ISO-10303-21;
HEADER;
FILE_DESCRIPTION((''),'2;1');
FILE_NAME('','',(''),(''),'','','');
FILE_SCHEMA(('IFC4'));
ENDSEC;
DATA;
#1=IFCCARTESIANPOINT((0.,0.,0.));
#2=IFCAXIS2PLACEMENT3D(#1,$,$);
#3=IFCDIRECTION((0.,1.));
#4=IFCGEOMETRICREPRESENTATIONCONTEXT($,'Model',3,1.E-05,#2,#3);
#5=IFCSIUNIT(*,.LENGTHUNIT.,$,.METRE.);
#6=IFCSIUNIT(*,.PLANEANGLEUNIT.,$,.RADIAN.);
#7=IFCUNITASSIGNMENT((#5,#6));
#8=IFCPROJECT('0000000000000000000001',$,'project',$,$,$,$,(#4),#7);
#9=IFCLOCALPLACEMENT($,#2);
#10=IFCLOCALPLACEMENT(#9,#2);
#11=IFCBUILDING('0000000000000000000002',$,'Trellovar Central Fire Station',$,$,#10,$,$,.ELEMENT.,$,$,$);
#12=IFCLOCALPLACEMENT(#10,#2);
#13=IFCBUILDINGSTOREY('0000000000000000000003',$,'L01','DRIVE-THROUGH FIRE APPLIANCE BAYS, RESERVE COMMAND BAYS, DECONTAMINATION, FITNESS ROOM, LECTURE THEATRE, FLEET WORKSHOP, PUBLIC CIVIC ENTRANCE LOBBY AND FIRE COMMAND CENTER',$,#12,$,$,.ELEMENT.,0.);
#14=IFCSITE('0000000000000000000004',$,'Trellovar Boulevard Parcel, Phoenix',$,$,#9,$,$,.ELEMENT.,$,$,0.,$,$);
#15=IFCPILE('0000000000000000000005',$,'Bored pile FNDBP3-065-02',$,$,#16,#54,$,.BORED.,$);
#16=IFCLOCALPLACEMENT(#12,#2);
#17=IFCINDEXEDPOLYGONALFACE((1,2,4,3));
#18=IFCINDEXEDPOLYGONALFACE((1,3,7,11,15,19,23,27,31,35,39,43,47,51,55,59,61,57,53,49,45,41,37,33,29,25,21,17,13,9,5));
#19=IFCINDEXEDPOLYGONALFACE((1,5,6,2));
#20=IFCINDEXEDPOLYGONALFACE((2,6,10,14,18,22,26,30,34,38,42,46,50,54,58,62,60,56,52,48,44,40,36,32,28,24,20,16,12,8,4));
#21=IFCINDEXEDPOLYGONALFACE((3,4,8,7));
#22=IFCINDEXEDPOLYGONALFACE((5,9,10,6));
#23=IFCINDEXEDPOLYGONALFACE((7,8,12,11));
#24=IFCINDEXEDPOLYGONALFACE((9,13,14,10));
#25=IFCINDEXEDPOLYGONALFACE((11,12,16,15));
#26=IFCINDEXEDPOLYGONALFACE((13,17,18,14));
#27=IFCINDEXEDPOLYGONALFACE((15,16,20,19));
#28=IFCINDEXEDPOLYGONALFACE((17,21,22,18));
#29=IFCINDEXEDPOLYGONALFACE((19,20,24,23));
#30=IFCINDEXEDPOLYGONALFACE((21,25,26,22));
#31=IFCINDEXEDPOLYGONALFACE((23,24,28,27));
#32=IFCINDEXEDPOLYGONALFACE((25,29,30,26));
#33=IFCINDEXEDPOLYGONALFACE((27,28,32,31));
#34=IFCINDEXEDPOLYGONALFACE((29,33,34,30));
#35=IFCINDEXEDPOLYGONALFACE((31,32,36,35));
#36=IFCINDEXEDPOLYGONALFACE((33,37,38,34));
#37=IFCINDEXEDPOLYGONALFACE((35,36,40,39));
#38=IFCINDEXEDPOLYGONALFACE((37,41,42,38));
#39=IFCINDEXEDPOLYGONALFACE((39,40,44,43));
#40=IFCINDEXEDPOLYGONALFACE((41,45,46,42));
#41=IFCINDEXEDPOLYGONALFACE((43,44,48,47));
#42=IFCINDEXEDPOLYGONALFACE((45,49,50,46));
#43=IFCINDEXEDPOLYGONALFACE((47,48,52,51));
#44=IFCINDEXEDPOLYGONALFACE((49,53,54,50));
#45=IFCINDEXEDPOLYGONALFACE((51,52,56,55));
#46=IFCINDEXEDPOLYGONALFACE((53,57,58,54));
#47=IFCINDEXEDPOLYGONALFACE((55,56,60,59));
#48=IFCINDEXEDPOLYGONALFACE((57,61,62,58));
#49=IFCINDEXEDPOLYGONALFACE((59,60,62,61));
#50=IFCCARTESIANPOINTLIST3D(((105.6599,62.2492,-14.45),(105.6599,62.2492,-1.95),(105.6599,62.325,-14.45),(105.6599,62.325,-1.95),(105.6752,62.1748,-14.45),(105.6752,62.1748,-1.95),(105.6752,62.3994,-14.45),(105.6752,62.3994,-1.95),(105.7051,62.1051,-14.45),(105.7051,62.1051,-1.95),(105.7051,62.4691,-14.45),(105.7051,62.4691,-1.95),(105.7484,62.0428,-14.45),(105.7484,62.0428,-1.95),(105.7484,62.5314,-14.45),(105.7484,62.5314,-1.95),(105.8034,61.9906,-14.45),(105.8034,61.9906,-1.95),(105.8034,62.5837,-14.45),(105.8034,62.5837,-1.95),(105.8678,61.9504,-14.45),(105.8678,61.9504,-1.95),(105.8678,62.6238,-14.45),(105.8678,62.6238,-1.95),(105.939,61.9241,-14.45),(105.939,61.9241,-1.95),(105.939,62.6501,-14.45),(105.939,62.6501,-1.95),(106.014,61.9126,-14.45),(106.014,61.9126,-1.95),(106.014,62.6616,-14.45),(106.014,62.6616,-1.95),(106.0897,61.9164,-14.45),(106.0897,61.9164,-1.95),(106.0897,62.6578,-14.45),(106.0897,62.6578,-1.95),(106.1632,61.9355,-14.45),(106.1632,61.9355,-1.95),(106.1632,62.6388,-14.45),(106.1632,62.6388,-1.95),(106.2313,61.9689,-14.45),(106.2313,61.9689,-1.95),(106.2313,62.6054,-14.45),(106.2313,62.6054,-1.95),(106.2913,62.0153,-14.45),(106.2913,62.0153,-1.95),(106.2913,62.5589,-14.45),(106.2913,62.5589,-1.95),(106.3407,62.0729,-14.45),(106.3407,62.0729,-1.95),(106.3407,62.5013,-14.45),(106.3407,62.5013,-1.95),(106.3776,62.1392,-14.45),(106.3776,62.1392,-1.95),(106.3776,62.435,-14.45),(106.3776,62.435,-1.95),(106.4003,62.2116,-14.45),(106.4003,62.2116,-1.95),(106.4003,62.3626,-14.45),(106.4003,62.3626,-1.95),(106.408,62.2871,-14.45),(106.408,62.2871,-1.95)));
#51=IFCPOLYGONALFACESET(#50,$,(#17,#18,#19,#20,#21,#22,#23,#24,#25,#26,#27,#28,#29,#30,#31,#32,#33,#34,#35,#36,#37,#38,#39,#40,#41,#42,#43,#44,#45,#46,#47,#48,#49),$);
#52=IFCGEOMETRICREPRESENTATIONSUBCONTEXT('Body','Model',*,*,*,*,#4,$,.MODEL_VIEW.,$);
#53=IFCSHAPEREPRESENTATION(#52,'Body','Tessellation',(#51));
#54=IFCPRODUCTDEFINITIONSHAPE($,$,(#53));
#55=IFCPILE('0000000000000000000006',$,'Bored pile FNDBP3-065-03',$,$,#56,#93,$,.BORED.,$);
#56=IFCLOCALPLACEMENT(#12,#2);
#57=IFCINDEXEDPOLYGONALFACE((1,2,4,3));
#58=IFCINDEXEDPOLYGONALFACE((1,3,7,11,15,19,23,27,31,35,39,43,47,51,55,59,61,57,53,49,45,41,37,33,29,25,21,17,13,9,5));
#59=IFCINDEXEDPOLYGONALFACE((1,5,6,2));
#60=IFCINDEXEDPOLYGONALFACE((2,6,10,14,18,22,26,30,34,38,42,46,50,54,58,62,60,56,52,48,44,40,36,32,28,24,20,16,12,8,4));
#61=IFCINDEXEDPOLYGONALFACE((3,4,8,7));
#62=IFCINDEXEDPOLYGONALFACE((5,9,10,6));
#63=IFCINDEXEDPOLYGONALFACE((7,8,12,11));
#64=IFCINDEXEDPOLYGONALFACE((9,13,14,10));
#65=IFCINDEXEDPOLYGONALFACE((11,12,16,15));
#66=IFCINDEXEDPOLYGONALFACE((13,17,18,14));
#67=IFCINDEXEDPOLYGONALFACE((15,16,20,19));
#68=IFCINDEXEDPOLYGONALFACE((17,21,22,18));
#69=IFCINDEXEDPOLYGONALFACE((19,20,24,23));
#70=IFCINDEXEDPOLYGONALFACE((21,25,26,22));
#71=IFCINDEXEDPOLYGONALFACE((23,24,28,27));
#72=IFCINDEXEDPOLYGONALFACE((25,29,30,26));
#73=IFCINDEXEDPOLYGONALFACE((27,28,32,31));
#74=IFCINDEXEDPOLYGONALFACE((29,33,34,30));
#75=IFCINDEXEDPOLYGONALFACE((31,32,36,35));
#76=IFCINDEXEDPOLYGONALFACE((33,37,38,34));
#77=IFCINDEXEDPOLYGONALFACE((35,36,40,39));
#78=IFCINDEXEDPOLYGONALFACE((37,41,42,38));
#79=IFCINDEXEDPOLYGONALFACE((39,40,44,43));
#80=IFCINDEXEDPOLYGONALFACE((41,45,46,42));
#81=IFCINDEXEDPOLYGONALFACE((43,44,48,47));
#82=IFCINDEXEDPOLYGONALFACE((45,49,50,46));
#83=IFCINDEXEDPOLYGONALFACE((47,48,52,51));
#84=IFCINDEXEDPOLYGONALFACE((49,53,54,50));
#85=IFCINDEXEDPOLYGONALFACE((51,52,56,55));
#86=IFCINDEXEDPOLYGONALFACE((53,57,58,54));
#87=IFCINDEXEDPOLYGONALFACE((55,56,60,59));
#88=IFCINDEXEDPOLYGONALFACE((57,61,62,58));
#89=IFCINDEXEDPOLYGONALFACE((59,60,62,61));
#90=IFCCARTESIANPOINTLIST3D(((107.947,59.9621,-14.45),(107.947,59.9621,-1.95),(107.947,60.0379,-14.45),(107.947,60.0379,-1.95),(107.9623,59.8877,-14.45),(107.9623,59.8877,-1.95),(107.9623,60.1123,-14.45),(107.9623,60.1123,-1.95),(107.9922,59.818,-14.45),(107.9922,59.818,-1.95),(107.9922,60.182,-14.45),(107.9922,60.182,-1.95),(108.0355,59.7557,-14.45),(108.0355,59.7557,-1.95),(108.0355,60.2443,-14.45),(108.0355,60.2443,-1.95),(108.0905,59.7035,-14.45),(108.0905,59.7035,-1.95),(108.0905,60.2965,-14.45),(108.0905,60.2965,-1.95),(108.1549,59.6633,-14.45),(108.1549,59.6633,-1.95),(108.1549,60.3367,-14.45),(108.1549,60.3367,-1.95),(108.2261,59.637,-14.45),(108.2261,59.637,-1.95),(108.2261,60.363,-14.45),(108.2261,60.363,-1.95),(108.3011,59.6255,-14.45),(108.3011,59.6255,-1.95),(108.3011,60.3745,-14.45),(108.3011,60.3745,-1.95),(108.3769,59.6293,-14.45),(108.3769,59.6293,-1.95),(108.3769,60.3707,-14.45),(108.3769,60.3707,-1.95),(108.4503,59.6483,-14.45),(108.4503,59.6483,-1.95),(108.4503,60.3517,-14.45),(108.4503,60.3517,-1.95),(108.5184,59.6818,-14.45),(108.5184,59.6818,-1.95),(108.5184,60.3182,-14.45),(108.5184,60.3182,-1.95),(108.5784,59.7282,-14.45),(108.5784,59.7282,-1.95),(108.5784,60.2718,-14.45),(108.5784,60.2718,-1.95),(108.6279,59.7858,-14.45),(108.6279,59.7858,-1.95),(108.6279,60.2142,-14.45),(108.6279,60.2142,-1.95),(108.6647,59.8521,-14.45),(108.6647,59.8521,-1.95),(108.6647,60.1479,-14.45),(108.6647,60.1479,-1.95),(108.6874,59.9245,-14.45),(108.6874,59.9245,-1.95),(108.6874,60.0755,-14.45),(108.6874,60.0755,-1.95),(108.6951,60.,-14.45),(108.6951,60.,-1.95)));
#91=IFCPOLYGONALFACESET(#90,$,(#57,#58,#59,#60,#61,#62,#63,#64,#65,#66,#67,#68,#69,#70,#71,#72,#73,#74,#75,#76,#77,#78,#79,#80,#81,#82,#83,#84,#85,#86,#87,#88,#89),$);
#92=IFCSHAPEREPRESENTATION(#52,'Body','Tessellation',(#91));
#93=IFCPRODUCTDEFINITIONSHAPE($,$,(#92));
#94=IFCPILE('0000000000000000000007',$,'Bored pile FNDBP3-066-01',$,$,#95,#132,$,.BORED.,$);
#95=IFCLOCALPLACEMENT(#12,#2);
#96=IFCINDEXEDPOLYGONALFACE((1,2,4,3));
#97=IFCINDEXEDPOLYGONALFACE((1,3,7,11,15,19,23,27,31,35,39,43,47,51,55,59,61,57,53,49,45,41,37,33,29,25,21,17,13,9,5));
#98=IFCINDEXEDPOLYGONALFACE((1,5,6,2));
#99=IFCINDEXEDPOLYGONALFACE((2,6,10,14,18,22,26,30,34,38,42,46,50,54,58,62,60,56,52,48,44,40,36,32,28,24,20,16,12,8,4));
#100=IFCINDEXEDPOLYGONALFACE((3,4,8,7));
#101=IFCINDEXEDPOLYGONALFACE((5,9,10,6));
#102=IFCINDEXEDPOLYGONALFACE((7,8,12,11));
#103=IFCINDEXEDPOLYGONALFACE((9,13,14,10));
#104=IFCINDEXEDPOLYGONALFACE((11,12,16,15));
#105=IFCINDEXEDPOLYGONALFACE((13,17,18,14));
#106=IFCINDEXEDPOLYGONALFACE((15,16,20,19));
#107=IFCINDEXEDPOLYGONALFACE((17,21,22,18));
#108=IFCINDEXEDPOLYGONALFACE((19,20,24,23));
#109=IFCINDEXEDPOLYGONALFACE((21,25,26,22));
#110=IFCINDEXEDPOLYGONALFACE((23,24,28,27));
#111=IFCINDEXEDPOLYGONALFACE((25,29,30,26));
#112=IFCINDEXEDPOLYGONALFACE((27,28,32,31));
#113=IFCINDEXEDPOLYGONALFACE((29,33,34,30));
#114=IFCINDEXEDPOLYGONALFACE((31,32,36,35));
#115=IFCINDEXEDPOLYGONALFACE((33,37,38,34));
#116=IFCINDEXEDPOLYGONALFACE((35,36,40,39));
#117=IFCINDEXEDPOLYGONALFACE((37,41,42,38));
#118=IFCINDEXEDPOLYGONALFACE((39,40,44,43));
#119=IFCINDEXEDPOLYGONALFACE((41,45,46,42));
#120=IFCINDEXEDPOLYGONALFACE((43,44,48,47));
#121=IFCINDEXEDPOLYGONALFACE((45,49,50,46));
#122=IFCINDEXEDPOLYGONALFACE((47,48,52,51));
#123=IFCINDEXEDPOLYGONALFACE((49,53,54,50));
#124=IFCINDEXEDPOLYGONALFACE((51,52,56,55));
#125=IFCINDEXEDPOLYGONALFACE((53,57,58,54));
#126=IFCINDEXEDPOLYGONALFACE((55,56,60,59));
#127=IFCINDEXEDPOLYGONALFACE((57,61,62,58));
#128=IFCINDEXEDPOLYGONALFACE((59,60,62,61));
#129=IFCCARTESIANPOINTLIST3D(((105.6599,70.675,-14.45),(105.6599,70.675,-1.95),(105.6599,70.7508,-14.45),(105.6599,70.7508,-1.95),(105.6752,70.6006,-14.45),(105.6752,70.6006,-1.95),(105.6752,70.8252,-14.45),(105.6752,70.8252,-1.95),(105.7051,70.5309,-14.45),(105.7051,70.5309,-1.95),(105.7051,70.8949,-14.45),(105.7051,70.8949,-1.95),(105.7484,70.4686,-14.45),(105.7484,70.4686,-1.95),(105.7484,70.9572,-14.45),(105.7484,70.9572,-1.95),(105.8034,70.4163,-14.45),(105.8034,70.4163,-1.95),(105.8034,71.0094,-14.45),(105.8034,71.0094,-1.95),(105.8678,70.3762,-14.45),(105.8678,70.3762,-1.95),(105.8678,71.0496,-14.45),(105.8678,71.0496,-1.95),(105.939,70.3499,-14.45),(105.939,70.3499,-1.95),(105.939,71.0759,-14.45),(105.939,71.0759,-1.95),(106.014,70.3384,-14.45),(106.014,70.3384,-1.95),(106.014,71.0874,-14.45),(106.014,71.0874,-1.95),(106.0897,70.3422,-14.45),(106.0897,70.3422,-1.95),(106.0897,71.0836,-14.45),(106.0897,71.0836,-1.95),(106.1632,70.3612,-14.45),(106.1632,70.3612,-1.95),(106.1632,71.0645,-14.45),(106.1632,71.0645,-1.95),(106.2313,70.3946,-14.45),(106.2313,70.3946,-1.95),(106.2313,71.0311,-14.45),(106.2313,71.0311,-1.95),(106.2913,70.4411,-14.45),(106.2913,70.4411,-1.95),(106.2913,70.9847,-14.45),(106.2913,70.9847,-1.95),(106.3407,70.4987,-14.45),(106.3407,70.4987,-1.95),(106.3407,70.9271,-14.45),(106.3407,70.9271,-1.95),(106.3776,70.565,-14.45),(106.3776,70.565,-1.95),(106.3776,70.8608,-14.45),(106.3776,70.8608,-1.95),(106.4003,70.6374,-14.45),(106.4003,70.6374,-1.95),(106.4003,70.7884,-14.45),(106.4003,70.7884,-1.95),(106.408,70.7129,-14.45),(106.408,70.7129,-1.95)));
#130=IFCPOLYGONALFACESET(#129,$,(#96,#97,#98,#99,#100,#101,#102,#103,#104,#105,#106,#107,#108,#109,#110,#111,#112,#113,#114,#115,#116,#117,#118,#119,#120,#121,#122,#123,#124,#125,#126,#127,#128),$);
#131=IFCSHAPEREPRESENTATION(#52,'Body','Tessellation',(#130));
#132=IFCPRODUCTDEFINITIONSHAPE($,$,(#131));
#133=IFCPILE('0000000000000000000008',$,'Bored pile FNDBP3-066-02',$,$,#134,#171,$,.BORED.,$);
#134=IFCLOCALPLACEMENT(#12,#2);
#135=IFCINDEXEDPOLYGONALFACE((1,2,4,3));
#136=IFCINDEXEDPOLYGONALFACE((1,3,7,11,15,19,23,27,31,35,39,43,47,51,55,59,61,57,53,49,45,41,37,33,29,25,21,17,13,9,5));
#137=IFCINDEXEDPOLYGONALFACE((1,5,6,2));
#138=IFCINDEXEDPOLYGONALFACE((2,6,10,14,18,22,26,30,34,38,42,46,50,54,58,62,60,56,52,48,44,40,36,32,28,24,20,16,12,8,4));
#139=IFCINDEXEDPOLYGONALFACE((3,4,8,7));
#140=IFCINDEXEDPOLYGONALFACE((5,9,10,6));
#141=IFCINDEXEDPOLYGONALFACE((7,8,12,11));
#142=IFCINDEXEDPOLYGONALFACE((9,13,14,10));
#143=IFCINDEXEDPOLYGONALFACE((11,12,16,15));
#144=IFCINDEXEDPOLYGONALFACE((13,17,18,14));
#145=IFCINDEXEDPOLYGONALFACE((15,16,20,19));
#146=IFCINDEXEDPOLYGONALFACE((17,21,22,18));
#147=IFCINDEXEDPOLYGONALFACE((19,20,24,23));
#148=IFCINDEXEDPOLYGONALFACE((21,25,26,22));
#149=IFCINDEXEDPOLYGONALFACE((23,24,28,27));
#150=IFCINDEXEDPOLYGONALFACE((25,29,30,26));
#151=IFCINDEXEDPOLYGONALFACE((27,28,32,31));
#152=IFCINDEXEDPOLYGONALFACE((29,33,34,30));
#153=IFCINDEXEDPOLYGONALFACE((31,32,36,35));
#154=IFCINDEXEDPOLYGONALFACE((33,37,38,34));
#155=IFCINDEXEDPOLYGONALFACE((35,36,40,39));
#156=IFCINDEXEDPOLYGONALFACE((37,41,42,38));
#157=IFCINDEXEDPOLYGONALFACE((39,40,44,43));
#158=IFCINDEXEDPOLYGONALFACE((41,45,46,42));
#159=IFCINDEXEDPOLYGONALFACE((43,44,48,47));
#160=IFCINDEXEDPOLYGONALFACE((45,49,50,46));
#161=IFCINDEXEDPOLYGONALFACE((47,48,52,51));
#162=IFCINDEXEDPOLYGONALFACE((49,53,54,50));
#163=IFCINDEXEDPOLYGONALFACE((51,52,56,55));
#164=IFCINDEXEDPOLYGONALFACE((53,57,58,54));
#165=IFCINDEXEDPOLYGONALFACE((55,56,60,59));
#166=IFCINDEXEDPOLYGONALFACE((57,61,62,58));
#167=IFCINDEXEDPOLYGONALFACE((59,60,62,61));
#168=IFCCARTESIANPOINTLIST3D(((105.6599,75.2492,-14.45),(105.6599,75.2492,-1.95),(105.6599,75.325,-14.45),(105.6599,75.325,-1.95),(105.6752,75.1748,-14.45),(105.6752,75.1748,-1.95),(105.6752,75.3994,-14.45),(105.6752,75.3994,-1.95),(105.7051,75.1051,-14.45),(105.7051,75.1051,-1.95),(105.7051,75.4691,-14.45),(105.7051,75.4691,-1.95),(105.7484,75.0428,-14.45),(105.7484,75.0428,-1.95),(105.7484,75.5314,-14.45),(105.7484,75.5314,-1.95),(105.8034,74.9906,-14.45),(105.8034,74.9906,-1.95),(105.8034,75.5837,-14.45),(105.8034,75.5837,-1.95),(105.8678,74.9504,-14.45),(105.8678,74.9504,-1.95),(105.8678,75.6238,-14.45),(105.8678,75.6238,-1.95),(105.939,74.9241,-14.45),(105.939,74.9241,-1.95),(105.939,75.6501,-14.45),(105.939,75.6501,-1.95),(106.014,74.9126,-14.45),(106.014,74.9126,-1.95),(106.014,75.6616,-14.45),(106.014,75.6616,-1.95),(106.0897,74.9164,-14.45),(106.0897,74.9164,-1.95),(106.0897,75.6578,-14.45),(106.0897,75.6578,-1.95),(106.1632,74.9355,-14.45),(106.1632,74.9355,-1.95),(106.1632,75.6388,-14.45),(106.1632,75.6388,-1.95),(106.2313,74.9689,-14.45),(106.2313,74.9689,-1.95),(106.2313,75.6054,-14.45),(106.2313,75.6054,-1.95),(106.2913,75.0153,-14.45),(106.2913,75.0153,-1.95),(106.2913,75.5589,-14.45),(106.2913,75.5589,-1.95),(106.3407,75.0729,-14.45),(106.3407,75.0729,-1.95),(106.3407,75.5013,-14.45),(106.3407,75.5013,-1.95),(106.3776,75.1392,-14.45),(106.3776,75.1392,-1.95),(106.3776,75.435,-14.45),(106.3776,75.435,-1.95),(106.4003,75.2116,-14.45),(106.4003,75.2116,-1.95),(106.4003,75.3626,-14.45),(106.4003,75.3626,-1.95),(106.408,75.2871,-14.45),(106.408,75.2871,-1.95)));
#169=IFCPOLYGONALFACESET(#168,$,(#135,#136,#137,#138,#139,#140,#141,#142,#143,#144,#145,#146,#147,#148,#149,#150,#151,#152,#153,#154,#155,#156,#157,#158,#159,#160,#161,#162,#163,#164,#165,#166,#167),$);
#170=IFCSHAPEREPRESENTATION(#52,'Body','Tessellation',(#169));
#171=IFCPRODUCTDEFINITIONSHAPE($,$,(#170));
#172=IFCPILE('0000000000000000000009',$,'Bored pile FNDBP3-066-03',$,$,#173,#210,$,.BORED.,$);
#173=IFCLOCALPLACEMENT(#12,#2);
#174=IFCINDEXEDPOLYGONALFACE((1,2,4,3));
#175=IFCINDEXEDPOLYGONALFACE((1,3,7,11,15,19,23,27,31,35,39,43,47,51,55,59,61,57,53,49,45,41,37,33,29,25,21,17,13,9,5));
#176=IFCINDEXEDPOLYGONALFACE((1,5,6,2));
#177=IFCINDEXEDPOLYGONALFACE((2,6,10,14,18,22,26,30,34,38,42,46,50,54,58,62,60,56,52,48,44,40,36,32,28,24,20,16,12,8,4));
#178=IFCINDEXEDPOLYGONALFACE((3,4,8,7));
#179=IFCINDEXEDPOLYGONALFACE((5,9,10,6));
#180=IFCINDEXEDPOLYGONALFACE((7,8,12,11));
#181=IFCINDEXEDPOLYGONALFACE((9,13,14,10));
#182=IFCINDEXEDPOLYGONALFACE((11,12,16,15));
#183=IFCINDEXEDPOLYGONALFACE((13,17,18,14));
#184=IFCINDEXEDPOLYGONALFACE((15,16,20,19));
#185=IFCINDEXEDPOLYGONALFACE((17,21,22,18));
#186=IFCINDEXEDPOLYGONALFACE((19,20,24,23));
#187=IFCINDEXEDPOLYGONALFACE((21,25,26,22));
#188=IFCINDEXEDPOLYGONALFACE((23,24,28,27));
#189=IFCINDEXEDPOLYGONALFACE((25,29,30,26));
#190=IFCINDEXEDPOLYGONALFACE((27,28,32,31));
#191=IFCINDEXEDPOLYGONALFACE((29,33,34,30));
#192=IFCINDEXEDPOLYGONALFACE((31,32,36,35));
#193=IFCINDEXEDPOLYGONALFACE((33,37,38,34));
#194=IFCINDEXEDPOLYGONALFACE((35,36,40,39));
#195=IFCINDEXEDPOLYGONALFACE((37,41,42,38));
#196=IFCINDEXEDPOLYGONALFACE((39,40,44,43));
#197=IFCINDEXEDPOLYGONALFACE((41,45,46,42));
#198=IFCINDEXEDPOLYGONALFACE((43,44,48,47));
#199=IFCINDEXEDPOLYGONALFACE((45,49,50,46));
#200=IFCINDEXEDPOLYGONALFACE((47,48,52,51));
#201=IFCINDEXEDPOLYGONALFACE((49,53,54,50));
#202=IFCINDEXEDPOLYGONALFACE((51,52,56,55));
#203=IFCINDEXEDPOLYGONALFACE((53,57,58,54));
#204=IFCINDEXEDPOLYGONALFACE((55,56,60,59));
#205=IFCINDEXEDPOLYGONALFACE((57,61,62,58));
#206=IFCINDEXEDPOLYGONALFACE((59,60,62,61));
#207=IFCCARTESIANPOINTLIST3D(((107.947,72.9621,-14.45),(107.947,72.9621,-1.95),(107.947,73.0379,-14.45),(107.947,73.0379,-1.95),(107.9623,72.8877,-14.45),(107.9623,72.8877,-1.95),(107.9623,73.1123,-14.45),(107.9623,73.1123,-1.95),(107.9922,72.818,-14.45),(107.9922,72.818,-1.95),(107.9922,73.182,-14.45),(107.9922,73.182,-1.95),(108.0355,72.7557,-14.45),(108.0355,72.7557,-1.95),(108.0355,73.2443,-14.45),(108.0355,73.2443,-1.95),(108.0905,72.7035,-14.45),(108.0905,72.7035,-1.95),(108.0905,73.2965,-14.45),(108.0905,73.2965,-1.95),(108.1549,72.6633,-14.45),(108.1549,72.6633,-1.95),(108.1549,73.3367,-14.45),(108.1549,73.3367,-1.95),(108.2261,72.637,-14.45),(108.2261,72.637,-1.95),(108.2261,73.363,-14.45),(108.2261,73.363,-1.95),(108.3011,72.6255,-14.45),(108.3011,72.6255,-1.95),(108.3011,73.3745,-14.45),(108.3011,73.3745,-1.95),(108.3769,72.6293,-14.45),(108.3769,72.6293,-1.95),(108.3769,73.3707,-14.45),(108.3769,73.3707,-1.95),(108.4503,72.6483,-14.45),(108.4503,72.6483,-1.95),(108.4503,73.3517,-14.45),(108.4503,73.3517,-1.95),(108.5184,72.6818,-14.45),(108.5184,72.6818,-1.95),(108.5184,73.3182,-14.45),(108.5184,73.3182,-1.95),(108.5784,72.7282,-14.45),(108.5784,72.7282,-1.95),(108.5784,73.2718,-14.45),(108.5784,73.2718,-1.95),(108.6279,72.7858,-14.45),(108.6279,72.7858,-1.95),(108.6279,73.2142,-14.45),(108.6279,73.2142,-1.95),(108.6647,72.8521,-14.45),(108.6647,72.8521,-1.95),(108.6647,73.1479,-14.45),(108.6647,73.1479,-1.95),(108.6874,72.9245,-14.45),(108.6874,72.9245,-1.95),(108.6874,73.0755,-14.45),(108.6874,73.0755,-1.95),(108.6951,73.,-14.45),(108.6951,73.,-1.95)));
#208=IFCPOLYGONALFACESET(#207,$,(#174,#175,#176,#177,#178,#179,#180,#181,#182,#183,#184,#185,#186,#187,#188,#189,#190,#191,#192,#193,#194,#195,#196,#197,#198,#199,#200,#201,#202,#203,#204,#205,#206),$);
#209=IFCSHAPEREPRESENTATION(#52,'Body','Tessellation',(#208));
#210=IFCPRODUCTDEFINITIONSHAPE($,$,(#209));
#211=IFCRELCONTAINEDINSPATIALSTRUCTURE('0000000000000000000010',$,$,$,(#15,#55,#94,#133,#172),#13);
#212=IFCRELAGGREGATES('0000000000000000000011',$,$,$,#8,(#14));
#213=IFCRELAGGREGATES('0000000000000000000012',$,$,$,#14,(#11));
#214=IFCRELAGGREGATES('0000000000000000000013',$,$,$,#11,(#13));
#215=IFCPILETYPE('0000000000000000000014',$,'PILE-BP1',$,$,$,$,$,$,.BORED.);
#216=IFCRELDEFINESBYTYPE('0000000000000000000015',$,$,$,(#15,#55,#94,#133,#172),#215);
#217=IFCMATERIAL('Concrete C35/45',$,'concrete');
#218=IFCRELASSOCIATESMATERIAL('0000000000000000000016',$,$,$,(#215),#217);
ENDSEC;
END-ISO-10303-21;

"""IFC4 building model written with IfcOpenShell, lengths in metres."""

from ifc_helpers import new_model, si_unit, direction, frame, origin, origin_2d, place, context, subcontext, project, spatial, circle, extrude, material, material_profile, profile_set, type_object, element, save


model = new_model("IFC4")

# Units and contexts
model_context = context("Model", 3, precision=1e-05, world=origin(), true_north=direction((0.0, 1.0)))
body_context = subcontext(model_context, "Body", "Model", "MODEL_VIEW")
ifc_project = project(units=[si_unit("LENGTHUNIT", "METRE"), si_unit("PLANEANGLEUNIT", "RADIAN")], contexts=[model_context])

# Site, building, storey
site_placement = place(None, origin())
site = spatial("IfcSite", under=ifc_project, at=site_placement, Name="Trellovar Boulevard Parcel, Phoenix", CompositionType="ELEMENT", RefElevation=0.0)
building_placement = place(site_placement, origin())
building = spatial("IfcBuilding", under=site, at=building_placement, Name="Trellovar Central Fire Station", CompositionType="ELEMENT")
storey_placement = place(building_placement, origin())
storey = spatial("IfcBuildingStorey", under=building, at=storey_placement, Name="L01", Description="DRIVE-THROUGH FIRE APPLIANCE BAYS, RESERVE COMMAND BAYS, DECONTAMINATION, FITNESS ROOM, LECTURE THEATRE, FLEET WORKSHOP, PUBLIC CIVIC ENTRANCE LOBBY AND FIRE COMMAND CENTER", CompositionType="ELEMENT", Elevation=0.0)

# Piles
ifc_material_1 = material(Name="Concrete C35/45", Category="concrete")
ifc_material_profile_1 = material_profile(ifc_material_1, circle(Radius=0.375, at=origin_2d()), Name="PILE750")
ifc_profile_set_1 = profile_set([ifc_material_profile_1], Name="Concrete C35/45")
pile_type = type_object("IfcPileType", Name="PILE-BP1", PredefinedType="BORED", material=ifc_profile_set_1)
for number, where, z_axis, x_axis, name in (
    (1, (106.033, 62.2871, -1.95), (0.0, 0.0, -1.0), (1.0, 0.0, 0.0), "Bored pile FNDBP3-065-02"),
    (2, (108.3201, 60.0, -1.95), (0.0, 0.0, -1.0), (1.0, 0.0, 0.0), "Bored pile FNDBP3-065-03"),
    (3, (106.033, 70.7129, -1.95), (0.0, 0.0, -1.0), (1.0, 0.0, 0.0), "Bored pile FNDBP3-066-01"),
    (4, (106.033, 75.2871, -1.95), (0.0, 0.0, -1.0), (1.0, 0.0, 0.0), "Bored pile FNDBP3-066-02"),
    (5, (108.3201, 73.0, -1.95), (0.0, 0.0, -1.0), (1.0, 0.0, 0.0), "Bored pile FNDBP3-066-03"),
):
    element("IfcPile", number, at=place(storey_placement, frame(where, z_axis=z_axis, x_axis=x_axis)), inside=storey, type_object=pile_type, Name=name, PredefinedType="BORED", context=body_context, shape_type="SweptSolid", body=[
        extrude(circle(Radius=0.375, at=origin_2d()), origin(), (0.0, 0.0, 1.0), 12.5),
    ])

save(model, "model.ifc")
